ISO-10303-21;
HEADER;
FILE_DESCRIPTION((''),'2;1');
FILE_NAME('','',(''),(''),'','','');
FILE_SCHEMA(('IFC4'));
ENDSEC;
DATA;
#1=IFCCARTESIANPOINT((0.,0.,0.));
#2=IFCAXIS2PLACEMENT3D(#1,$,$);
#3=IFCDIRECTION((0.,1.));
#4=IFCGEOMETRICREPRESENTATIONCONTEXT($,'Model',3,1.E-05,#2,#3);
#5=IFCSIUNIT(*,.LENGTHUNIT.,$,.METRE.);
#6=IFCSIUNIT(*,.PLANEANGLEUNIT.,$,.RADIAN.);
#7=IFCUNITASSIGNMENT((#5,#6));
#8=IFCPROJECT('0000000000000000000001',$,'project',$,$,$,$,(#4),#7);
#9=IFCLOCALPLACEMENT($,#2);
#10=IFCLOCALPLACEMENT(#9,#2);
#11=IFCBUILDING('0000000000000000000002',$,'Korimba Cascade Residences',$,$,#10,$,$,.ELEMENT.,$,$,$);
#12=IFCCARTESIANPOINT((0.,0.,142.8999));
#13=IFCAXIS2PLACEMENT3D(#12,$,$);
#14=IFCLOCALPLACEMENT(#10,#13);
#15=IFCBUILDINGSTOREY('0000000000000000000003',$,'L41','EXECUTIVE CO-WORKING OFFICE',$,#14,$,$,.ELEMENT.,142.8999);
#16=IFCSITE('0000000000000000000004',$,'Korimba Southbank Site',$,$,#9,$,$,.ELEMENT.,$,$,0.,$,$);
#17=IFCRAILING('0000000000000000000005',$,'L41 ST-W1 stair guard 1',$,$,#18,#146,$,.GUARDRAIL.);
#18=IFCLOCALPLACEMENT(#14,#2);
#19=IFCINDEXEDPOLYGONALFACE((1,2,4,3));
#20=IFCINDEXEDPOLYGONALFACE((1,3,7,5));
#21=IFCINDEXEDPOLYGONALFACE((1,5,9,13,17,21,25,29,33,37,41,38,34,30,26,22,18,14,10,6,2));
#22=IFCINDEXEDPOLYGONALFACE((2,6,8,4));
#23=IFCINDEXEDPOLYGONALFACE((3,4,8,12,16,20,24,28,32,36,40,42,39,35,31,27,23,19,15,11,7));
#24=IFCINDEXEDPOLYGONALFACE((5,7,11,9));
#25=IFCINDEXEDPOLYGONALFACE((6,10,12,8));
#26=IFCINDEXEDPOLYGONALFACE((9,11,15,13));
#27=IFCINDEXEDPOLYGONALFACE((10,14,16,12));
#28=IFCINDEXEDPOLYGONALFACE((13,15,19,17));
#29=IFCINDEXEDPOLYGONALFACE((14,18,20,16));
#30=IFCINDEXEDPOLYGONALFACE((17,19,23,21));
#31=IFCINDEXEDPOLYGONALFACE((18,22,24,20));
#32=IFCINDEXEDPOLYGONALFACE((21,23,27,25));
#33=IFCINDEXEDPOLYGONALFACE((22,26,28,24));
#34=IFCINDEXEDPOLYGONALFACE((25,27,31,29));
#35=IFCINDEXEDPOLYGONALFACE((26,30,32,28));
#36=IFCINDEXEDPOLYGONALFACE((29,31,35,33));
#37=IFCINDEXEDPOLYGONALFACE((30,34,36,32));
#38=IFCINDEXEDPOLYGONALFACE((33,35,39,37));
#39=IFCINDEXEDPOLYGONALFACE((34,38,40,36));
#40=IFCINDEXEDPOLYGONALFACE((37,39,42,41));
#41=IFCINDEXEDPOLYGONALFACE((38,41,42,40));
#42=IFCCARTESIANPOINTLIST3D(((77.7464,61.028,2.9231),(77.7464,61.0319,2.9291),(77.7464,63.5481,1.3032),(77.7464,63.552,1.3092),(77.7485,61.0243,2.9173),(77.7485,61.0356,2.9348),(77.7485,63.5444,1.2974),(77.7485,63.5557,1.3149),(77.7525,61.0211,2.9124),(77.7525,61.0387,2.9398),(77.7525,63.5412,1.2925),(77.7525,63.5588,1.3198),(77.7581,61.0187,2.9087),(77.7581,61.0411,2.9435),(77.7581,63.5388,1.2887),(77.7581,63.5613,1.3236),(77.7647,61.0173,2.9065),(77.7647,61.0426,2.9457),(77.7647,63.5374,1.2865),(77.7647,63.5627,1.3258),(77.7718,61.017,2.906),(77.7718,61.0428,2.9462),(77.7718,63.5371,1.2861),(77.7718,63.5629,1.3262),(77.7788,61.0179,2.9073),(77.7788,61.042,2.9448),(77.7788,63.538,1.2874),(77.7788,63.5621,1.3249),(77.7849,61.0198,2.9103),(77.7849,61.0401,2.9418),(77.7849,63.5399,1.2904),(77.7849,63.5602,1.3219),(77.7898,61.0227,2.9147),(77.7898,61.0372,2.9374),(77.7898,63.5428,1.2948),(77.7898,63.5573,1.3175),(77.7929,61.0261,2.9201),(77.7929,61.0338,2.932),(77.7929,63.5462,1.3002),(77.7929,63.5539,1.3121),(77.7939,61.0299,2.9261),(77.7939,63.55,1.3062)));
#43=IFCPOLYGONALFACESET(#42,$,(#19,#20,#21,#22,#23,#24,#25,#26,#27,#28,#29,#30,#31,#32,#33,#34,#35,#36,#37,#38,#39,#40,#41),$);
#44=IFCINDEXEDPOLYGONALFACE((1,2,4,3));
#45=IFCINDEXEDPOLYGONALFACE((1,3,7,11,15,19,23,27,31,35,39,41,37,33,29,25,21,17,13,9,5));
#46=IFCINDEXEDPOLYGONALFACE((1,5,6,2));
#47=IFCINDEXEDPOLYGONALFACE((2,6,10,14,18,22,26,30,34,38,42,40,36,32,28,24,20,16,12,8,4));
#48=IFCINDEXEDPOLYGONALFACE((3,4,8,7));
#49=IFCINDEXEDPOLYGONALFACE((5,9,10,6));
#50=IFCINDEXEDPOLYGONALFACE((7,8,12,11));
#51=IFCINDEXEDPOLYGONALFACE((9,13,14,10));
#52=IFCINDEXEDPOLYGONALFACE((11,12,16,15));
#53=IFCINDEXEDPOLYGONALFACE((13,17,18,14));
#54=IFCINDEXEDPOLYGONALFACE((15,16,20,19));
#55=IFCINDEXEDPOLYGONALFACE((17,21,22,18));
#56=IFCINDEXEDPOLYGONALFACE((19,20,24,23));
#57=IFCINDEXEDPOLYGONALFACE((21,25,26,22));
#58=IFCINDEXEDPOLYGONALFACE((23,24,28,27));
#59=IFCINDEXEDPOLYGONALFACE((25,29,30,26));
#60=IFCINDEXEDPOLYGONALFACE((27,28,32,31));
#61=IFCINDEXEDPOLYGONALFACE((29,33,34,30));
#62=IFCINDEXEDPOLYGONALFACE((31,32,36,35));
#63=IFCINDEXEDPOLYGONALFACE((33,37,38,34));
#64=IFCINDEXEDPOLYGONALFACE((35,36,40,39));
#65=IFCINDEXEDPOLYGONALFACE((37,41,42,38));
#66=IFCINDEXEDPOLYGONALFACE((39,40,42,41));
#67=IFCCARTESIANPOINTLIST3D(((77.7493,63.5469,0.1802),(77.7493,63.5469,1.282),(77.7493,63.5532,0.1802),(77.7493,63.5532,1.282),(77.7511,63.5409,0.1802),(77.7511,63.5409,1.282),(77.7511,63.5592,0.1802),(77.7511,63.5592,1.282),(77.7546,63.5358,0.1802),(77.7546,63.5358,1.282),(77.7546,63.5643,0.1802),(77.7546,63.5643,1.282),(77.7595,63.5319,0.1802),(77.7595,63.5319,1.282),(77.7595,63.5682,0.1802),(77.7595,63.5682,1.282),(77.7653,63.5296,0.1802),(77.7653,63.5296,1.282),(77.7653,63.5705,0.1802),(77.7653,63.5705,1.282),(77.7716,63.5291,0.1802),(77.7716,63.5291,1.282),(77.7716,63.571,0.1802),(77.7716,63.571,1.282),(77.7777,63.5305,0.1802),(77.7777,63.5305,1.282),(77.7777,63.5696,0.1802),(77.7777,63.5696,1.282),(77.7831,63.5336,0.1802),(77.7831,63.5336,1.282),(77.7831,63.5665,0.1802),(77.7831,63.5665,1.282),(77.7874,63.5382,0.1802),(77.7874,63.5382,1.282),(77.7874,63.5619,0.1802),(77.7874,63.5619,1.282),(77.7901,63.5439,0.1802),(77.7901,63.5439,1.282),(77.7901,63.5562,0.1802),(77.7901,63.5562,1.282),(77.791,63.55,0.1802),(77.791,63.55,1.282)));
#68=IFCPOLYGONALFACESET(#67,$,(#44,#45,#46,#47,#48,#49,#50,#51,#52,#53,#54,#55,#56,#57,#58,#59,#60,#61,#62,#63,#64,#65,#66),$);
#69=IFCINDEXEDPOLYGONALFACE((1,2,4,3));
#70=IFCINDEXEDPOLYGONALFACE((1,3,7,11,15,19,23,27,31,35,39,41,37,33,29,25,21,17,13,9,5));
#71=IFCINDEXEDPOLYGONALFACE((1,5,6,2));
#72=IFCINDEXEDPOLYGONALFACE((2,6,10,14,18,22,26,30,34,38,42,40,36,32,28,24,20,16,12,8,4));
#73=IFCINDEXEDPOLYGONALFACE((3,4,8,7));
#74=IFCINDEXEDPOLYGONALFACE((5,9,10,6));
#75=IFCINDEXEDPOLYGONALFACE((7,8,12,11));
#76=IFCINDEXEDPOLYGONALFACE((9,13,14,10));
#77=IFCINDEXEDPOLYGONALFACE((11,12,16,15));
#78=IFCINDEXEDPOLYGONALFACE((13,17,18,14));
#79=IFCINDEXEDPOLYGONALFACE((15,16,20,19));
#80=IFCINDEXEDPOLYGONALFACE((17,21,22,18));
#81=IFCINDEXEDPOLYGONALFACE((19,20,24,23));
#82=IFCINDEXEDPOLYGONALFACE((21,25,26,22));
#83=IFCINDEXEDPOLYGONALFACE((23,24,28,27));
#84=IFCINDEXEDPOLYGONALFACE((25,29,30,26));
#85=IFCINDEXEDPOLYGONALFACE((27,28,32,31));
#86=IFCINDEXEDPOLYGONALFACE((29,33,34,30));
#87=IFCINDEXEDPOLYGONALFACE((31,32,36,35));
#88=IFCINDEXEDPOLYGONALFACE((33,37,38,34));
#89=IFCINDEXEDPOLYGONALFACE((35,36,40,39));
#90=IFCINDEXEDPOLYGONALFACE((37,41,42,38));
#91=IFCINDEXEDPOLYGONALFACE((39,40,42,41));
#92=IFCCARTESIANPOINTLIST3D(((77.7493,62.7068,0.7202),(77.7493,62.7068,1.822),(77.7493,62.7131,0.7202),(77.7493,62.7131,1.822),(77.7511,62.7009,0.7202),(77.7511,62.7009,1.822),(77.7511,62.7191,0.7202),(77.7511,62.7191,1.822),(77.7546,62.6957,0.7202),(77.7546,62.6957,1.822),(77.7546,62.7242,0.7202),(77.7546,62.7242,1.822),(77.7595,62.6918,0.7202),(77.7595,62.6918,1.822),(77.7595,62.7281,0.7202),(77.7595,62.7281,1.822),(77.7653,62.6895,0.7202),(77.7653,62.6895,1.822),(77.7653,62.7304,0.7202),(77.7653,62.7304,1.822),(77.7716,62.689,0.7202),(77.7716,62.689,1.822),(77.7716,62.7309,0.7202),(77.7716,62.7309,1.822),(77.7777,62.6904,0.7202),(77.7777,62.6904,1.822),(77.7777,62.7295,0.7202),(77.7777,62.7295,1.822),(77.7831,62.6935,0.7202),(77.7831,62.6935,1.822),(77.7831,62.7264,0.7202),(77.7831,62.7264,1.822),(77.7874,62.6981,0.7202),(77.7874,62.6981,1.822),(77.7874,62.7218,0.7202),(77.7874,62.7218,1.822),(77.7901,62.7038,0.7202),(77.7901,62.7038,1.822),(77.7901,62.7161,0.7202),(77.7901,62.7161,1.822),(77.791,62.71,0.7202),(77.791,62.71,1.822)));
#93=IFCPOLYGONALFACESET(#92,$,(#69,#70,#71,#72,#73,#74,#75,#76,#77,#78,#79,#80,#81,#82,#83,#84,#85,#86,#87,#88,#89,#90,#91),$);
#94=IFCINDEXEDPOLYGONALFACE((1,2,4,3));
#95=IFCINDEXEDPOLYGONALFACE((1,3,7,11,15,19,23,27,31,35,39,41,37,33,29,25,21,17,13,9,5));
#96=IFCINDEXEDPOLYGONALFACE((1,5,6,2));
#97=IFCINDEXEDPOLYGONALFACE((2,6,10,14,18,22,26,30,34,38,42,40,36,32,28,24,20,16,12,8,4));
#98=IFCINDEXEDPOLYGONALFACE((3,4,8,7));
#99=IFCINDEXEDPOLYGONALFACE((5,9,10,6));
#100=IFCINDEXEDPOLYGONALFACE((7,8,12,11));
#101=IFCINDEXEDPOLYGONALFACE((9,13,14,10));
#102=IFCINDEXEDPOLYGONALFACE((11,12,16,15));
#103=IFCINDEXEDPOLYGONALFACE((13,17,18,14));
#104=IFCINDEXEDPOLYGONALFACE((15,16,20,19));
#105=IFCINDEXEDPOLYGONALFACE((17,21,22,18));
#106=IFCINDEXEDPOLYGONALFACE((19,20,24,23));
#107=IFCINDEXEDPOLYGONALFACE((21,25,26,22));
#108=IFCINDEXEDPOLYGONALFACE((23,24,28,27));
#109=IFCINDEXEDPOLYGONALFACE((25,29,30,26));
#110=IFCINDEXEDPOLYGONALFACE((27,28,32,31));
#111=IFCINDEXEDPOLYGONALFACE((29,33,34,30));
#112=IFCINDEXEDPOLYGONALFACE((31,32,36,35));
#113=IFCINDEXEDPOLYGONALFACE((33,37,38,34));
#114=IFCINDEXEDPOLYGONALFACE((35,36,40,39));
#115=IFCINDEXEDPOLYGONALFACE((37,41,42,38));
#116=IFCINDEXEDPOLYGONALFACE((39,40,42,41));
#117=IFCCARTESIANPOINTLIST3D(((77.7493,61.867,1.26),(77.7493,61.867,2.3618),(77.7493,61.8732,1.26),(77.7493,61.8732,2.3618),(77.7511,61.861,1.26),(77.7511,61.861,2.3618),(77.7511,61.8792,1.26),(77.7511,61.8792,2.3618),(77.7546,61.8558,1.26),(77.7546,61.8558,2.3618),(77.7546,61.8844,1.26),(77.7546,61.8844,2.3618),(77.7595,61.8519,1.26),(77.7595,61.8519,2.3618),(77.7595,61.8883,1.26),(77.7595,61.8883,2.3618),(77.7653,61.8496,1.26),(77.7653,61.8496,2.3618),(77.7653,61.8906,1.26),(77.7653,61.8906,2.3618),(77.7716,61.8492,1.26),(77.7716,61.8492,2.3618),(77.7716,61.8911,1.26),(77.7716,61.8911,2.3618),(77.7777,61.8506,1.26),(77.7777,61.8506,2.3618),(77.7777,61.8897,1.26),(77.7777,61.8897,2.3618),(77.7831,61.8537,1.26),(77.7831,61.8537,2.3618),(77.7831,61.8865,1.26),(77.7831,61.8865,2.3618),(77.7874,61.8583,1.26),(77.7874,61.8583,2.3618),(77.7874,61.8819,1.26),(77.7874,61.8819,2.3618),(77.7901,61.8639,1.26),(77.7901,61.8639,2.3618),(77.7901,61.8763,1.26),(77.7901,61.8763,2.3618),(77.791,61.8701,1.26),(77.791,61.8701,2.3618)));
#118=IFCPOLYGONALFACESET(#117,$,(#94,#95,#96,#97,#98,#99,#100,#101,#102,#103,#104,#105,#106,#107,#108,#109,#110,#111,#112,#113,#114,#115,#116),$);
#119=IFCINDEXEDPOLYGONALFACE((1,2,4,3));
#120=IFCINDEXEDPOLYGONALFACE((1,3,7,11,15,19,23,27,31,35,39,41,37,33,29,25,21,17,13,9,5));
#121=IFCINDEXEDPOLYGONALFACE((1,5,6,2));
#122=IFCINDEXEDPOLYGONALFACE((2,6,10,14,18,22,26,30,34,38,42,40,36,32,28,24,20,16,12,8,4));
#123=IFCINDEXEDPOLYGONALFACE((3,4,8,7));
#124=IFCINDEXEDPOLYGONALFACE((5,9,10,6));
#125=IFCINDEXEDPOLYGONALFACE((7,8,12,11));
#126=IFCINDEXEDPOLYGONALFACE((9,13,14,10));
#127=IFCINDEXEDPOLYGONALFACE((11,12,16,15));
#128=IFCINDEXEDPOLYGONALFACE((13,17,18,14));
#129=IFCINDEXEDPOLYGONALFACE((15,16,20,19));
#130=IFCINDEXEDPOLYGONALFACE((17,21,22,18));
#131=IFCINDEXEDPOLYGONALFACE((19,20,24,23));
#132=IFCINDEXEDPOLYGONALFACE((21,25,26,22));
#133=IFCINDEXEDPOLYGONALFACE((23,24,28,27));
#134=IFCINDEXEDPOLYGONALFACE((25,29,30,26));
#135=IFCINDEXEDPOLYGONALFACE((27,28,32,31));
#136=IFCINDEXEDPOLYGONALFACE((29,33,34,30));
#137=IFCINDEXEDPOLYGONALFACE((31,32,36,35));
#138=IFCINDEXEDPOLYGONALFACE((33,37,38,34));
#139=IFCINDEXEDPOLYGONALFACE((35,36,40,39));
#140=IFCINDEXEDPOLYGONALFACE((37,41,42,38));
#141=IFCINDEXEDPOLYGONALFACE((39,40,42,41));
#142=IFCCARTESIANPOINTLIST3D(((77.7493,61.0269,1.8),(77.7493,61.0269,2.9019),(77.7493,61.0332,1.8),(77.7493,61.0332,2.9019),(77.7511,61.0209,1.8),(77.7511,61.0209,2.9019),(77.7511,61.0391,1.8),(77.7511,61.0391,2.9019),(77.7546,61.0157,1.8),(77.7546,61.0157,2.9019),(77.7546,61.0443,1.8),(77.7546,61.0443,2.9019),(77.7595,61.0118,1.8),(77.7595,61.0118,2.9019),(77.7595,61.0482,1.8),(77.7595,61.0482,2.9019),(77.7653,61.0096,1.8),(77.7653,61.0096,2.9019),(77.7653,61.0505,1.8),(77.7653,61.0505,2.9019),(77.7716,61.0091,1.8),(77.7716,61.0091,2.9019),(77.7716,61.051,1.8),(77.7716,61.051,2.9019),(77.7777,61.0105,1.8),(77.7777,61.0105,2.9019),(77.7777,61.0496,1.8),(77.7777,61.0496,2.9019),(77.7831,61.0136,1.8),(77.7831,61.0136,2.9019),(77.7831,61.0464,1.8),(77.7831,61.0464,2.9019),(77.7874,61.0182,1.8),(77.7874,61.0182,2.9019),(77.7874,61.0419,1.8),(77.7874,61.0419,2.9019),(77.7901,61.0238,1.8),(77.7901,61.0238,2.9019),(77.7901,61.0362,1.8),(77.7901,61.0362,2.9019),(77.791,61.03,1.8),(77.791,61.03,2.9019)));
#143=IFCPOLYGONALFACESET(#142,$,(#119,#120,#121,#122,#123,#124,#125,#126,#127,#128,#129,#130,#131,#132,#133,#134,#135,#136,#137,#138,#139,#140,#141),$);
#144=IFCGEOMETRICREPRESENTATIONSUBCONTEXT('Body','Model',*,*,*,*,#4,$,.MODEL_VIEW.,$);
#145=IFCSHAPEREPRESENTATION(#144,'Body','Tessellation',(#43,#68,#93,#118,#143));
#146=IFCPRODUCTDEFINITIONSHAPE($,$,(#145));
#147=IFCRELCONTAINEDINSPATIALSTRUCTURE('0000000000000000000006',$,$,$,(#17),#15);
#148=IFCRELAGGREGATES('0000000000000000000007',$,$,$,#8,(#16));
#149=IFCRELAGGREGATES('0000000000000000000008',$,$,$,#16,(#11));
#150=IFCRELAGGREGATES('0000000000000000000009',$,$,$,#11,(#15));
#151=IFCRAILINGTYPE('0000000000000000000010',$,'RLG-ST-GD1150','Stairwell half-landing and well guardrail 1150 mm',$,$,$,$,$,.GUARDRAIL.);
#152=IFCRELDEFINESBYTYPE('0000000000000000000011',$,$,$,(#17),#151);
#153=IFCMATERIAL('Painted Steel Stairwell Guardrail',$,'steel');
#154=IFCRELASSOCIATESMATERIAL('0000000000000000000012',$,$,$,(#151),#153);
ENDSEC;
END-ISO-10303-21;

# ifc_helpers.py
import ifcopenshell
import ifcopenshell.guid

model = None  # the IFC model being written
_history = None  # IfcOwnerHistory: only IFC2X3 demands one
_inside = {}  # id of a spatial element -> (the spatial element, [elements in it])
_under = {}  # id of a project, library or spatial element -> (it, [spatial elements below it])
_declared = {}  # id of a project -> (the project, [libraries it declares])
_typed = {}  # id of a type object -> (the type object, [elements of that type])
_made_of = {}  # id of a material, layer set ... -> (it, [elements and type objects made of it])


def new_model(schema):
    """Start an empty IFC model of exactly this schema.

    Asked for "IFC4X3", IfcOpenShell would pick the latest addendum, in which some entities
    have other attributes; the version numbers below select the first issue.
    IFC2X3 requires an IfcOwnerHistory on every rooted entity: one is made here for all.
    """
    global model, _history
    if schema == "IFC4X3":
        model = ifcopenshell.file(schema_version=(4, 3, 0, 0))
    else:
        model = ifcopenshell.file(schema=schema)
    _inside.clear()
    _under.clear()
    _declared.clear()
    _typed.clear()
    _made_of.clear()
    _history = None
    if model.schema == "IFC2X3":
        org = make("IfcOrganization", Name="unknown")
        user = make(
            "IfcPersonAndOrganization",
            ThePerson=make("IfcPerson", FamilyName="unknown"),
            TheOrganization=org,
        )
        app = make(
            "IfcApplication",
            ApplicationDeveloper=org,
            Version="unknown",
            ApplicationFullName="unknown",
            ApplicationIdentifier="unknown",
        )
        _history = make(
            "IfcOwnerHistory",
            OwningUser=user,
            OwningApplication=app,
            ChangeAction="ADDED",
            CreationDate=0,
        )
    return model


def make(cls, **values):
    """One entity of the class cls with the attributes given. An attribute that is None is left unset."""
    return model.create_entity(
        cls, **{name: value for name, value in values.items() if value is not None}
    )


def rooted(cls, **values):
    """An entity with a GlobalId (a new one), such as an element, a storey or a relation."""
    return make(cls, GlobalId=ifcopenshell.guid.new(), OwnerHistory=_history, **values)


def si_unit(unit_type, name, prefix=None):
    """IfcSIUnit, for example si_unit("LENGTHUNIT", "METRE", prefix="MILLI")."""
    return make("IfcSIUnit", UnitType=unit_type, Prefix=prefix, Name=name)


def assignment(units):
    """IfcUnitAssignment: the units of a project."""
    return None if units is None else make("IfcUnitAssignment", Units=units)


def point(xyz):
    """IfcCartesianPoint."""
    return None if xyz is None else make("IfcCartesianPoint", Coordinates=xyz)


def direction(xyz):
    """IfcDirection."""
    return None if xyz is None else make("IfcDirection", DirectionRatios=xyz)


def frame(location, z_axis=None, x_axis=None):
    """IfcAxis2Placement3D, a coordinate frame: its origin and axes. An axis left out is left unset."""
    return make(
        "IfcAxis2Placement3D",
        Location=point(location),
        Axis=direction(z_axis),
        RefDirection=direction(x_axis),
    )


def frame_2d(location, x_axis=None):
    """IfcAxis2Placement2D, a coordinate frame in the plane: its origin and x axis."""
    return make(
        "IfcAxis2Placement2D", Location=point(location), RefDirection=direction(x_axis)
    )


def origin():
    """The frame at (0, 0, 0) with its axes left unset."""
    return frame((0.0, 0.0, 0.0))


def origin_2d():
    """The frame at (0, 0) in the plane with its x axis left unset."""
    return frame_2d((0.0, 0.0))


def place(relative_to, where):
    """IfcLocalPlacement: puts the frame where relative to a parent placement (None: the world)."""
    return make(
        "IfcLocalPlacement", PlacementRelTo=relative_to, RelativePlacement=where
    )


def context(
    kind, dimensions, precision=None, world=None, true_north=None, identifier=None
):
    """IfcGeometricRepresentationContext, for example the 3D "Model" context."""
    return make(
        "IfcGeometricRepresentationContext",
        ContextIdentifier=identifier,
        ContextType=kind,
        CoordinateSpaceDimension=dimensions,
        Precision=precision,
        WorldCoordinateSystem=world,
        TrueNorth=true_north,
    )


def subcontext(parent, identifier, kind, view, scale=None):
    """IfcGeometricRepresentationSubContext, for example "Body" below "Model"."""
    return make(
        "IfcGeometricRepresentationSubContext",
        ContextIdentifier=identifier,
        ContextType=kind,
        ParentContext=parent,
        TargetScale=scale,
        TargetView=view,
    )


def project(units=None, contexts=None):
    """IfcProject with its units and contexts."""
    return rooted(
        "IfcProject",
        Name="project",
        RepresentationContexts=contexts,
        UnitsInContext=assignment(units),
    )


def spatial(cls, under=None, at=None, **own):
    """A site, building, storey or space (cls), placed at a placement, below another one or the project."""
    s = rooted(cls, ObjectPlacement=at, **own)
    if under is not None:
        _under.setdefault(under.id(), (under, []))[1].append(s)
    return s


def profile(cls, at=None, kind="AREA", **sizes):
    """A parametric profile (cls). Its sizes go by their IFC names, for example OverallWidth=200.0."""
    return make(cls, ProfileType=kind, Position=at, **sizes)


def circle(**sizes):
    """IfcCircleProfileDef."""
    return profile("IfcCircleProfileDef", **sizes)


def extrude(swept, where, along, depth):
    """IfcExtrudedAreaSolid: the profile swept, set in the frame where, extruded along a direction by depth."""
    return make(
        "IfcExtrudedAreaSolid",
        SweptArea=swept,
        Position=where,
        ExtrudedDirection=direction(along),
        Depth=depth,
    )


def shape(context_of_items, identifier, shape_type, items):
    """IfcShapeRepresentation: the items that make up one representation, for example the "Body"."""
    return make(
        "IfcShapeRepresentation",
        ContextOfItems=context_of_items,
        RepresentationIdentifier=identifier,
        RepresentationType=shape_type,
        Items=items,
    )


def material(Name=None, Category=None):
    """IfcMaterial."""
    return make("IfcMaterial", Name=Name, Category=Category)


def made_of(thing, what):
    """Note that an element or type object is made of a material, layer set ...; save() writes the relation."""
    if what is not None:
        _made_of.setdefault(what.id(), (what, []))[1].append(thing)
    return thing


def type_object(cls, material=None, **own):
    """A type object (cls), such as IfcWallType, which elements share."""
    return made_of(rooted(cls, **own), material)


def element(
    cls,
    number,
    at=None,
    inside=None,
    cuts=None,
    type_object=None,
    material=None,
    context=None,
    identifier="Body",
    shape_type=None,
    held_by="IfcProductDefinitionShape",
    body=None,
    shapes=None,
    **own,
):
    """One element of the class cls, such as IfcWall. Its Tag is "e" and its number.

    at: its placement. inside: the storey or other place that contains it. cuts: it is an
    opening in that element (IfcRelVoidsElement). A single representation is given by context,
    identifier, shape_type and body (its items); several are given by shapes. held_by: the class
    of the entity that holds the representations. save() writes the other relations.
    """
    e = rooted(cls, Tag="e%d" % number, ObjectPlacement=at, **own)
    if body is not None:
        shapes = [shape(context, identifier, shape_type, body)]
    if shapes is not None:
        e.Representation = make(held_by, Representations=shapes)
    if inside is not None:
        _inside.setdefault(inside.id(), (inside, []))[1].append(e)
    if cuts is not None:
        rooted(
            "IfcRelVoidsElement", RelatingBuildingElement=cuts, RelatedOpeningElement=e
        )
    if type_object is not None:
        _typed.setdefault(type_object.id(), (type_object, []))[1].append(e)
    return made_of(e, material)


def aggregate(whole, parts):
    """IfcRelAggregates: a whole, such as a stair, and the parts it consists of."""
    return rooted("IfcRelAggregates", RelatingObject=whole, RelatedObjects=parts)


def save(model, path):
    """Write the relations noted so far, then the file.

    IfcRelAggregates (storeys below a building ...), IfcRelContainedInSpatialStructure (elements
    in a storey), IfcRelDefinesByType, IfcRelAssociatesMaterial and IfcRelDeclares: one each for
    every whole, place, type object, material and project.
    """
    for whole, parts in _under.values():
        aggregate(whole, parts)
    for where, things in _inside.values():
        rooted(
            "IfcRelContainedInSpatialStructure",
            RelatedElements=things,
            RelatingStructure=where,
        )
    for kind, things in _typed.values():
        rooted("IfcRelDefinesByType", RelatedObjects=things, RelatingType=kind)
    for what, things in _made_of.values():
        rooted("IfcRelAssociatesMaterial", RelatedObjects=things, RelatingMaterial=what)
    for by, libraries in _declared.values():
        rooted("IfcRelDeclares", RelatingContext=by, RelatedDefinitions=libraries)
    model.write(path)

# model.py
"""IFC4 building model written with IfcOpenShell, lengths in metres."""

from ifc_helpers import new_model, si_unit, direction, frame, origin, origin_2d, place, context, subcontext, project, spatial, circle, extrude, material, type_object, element, save


model = new_model("IFC4")

# Units and contexts
model_context = context("Model", 3, precision=1e-05, world=origin(), true_north=direction((0.0, 1.0)))
body_context = subcontext(model_context, "Body", "Model", "MODEL_VIEW")
ifc_project = project(units=[si_unit("LENGTHUNIT", "METRE"), si_unit("PLANEANGLEUNIT", "RADIAN")], contexts=[model_context])

# Site, building, storey
site_placement = place(None, origin())
site = spatial("IfcSite", under=ifc_project, at=site_placement, Name="Korimba Southbank Site", CompositionType="ELEMENT", RefElevation=0.0)
building_placement = place(site_placement, origin())
building = spatial("IfcBuilding", under=site, at=building_placement, Name="Korimba Cascade Residences", CompositionType="ELEMENT")
storey_placement = place(building_placement, frame((0.0, 0.0, 142.8999)))
storey = spatial("IfcBuildingStorey", under=building, at=storey_placement, Name="L41", Description="EXECUTIVE CO-WORKING OFFICE", CompositionType="ELEMENT", Elevation=142.8999)

# Railing
ifc_material_1 = material(Name="Painted Steel Stairwell Guardrail", Category="steel")
railing_type_1 = type_object("IfcRailingType", Name="RLG-ST-GD1150", Description="Stairwell half-landing and well guardrail 1150 mm", PredefinedType="GUARDRAIL", material=ifc_material_1)
railing_1_placement = place(storey_placement, frame((77.77, 63.55, 0.1802)))
element("IfcRailing", 1, at=railing_1_placement, inside=storey, type_object=railing_type_1, Name="L41 ST-W1 stair guard 1", PredefinedType="GUARDRAIL", context=body_context, shape_type="SweptSolid", body=[
    extrude(circle(Radius=0.0239, at=origin_2d()), frame((0.0, 0.0, 1.126), z_axis=(0.0, -0.8412, 0.540725), x_axis=(1.0, 0.0, 0.0)), (0.0, 0.0, 1.0), 2.9958),
    extrude(circle(Radius=0.021, at=origin_2d()), origin(), (0.0, 0.0, 1.0), 1.1018),
    extrude(circle(Radius=0.021, at=origin_2d()), frame((0.0, -0.8401, 0.54)), (0.0, 0.0, 1.0), 1.1018),
    extrude(circle(Radius=0.021, at=origin_2d()), frame((0.0, -1.6799, 1.0798)), (0.0, 0.0, 1.0), 1.1018),
    extrude(circle(Radius=0.021, at=origin_2d()), frame((0.0, -2.52, 1.6199)), (0.0, 0.0, 1.0), 1.1018),
])

save(model, "model.ifc")
